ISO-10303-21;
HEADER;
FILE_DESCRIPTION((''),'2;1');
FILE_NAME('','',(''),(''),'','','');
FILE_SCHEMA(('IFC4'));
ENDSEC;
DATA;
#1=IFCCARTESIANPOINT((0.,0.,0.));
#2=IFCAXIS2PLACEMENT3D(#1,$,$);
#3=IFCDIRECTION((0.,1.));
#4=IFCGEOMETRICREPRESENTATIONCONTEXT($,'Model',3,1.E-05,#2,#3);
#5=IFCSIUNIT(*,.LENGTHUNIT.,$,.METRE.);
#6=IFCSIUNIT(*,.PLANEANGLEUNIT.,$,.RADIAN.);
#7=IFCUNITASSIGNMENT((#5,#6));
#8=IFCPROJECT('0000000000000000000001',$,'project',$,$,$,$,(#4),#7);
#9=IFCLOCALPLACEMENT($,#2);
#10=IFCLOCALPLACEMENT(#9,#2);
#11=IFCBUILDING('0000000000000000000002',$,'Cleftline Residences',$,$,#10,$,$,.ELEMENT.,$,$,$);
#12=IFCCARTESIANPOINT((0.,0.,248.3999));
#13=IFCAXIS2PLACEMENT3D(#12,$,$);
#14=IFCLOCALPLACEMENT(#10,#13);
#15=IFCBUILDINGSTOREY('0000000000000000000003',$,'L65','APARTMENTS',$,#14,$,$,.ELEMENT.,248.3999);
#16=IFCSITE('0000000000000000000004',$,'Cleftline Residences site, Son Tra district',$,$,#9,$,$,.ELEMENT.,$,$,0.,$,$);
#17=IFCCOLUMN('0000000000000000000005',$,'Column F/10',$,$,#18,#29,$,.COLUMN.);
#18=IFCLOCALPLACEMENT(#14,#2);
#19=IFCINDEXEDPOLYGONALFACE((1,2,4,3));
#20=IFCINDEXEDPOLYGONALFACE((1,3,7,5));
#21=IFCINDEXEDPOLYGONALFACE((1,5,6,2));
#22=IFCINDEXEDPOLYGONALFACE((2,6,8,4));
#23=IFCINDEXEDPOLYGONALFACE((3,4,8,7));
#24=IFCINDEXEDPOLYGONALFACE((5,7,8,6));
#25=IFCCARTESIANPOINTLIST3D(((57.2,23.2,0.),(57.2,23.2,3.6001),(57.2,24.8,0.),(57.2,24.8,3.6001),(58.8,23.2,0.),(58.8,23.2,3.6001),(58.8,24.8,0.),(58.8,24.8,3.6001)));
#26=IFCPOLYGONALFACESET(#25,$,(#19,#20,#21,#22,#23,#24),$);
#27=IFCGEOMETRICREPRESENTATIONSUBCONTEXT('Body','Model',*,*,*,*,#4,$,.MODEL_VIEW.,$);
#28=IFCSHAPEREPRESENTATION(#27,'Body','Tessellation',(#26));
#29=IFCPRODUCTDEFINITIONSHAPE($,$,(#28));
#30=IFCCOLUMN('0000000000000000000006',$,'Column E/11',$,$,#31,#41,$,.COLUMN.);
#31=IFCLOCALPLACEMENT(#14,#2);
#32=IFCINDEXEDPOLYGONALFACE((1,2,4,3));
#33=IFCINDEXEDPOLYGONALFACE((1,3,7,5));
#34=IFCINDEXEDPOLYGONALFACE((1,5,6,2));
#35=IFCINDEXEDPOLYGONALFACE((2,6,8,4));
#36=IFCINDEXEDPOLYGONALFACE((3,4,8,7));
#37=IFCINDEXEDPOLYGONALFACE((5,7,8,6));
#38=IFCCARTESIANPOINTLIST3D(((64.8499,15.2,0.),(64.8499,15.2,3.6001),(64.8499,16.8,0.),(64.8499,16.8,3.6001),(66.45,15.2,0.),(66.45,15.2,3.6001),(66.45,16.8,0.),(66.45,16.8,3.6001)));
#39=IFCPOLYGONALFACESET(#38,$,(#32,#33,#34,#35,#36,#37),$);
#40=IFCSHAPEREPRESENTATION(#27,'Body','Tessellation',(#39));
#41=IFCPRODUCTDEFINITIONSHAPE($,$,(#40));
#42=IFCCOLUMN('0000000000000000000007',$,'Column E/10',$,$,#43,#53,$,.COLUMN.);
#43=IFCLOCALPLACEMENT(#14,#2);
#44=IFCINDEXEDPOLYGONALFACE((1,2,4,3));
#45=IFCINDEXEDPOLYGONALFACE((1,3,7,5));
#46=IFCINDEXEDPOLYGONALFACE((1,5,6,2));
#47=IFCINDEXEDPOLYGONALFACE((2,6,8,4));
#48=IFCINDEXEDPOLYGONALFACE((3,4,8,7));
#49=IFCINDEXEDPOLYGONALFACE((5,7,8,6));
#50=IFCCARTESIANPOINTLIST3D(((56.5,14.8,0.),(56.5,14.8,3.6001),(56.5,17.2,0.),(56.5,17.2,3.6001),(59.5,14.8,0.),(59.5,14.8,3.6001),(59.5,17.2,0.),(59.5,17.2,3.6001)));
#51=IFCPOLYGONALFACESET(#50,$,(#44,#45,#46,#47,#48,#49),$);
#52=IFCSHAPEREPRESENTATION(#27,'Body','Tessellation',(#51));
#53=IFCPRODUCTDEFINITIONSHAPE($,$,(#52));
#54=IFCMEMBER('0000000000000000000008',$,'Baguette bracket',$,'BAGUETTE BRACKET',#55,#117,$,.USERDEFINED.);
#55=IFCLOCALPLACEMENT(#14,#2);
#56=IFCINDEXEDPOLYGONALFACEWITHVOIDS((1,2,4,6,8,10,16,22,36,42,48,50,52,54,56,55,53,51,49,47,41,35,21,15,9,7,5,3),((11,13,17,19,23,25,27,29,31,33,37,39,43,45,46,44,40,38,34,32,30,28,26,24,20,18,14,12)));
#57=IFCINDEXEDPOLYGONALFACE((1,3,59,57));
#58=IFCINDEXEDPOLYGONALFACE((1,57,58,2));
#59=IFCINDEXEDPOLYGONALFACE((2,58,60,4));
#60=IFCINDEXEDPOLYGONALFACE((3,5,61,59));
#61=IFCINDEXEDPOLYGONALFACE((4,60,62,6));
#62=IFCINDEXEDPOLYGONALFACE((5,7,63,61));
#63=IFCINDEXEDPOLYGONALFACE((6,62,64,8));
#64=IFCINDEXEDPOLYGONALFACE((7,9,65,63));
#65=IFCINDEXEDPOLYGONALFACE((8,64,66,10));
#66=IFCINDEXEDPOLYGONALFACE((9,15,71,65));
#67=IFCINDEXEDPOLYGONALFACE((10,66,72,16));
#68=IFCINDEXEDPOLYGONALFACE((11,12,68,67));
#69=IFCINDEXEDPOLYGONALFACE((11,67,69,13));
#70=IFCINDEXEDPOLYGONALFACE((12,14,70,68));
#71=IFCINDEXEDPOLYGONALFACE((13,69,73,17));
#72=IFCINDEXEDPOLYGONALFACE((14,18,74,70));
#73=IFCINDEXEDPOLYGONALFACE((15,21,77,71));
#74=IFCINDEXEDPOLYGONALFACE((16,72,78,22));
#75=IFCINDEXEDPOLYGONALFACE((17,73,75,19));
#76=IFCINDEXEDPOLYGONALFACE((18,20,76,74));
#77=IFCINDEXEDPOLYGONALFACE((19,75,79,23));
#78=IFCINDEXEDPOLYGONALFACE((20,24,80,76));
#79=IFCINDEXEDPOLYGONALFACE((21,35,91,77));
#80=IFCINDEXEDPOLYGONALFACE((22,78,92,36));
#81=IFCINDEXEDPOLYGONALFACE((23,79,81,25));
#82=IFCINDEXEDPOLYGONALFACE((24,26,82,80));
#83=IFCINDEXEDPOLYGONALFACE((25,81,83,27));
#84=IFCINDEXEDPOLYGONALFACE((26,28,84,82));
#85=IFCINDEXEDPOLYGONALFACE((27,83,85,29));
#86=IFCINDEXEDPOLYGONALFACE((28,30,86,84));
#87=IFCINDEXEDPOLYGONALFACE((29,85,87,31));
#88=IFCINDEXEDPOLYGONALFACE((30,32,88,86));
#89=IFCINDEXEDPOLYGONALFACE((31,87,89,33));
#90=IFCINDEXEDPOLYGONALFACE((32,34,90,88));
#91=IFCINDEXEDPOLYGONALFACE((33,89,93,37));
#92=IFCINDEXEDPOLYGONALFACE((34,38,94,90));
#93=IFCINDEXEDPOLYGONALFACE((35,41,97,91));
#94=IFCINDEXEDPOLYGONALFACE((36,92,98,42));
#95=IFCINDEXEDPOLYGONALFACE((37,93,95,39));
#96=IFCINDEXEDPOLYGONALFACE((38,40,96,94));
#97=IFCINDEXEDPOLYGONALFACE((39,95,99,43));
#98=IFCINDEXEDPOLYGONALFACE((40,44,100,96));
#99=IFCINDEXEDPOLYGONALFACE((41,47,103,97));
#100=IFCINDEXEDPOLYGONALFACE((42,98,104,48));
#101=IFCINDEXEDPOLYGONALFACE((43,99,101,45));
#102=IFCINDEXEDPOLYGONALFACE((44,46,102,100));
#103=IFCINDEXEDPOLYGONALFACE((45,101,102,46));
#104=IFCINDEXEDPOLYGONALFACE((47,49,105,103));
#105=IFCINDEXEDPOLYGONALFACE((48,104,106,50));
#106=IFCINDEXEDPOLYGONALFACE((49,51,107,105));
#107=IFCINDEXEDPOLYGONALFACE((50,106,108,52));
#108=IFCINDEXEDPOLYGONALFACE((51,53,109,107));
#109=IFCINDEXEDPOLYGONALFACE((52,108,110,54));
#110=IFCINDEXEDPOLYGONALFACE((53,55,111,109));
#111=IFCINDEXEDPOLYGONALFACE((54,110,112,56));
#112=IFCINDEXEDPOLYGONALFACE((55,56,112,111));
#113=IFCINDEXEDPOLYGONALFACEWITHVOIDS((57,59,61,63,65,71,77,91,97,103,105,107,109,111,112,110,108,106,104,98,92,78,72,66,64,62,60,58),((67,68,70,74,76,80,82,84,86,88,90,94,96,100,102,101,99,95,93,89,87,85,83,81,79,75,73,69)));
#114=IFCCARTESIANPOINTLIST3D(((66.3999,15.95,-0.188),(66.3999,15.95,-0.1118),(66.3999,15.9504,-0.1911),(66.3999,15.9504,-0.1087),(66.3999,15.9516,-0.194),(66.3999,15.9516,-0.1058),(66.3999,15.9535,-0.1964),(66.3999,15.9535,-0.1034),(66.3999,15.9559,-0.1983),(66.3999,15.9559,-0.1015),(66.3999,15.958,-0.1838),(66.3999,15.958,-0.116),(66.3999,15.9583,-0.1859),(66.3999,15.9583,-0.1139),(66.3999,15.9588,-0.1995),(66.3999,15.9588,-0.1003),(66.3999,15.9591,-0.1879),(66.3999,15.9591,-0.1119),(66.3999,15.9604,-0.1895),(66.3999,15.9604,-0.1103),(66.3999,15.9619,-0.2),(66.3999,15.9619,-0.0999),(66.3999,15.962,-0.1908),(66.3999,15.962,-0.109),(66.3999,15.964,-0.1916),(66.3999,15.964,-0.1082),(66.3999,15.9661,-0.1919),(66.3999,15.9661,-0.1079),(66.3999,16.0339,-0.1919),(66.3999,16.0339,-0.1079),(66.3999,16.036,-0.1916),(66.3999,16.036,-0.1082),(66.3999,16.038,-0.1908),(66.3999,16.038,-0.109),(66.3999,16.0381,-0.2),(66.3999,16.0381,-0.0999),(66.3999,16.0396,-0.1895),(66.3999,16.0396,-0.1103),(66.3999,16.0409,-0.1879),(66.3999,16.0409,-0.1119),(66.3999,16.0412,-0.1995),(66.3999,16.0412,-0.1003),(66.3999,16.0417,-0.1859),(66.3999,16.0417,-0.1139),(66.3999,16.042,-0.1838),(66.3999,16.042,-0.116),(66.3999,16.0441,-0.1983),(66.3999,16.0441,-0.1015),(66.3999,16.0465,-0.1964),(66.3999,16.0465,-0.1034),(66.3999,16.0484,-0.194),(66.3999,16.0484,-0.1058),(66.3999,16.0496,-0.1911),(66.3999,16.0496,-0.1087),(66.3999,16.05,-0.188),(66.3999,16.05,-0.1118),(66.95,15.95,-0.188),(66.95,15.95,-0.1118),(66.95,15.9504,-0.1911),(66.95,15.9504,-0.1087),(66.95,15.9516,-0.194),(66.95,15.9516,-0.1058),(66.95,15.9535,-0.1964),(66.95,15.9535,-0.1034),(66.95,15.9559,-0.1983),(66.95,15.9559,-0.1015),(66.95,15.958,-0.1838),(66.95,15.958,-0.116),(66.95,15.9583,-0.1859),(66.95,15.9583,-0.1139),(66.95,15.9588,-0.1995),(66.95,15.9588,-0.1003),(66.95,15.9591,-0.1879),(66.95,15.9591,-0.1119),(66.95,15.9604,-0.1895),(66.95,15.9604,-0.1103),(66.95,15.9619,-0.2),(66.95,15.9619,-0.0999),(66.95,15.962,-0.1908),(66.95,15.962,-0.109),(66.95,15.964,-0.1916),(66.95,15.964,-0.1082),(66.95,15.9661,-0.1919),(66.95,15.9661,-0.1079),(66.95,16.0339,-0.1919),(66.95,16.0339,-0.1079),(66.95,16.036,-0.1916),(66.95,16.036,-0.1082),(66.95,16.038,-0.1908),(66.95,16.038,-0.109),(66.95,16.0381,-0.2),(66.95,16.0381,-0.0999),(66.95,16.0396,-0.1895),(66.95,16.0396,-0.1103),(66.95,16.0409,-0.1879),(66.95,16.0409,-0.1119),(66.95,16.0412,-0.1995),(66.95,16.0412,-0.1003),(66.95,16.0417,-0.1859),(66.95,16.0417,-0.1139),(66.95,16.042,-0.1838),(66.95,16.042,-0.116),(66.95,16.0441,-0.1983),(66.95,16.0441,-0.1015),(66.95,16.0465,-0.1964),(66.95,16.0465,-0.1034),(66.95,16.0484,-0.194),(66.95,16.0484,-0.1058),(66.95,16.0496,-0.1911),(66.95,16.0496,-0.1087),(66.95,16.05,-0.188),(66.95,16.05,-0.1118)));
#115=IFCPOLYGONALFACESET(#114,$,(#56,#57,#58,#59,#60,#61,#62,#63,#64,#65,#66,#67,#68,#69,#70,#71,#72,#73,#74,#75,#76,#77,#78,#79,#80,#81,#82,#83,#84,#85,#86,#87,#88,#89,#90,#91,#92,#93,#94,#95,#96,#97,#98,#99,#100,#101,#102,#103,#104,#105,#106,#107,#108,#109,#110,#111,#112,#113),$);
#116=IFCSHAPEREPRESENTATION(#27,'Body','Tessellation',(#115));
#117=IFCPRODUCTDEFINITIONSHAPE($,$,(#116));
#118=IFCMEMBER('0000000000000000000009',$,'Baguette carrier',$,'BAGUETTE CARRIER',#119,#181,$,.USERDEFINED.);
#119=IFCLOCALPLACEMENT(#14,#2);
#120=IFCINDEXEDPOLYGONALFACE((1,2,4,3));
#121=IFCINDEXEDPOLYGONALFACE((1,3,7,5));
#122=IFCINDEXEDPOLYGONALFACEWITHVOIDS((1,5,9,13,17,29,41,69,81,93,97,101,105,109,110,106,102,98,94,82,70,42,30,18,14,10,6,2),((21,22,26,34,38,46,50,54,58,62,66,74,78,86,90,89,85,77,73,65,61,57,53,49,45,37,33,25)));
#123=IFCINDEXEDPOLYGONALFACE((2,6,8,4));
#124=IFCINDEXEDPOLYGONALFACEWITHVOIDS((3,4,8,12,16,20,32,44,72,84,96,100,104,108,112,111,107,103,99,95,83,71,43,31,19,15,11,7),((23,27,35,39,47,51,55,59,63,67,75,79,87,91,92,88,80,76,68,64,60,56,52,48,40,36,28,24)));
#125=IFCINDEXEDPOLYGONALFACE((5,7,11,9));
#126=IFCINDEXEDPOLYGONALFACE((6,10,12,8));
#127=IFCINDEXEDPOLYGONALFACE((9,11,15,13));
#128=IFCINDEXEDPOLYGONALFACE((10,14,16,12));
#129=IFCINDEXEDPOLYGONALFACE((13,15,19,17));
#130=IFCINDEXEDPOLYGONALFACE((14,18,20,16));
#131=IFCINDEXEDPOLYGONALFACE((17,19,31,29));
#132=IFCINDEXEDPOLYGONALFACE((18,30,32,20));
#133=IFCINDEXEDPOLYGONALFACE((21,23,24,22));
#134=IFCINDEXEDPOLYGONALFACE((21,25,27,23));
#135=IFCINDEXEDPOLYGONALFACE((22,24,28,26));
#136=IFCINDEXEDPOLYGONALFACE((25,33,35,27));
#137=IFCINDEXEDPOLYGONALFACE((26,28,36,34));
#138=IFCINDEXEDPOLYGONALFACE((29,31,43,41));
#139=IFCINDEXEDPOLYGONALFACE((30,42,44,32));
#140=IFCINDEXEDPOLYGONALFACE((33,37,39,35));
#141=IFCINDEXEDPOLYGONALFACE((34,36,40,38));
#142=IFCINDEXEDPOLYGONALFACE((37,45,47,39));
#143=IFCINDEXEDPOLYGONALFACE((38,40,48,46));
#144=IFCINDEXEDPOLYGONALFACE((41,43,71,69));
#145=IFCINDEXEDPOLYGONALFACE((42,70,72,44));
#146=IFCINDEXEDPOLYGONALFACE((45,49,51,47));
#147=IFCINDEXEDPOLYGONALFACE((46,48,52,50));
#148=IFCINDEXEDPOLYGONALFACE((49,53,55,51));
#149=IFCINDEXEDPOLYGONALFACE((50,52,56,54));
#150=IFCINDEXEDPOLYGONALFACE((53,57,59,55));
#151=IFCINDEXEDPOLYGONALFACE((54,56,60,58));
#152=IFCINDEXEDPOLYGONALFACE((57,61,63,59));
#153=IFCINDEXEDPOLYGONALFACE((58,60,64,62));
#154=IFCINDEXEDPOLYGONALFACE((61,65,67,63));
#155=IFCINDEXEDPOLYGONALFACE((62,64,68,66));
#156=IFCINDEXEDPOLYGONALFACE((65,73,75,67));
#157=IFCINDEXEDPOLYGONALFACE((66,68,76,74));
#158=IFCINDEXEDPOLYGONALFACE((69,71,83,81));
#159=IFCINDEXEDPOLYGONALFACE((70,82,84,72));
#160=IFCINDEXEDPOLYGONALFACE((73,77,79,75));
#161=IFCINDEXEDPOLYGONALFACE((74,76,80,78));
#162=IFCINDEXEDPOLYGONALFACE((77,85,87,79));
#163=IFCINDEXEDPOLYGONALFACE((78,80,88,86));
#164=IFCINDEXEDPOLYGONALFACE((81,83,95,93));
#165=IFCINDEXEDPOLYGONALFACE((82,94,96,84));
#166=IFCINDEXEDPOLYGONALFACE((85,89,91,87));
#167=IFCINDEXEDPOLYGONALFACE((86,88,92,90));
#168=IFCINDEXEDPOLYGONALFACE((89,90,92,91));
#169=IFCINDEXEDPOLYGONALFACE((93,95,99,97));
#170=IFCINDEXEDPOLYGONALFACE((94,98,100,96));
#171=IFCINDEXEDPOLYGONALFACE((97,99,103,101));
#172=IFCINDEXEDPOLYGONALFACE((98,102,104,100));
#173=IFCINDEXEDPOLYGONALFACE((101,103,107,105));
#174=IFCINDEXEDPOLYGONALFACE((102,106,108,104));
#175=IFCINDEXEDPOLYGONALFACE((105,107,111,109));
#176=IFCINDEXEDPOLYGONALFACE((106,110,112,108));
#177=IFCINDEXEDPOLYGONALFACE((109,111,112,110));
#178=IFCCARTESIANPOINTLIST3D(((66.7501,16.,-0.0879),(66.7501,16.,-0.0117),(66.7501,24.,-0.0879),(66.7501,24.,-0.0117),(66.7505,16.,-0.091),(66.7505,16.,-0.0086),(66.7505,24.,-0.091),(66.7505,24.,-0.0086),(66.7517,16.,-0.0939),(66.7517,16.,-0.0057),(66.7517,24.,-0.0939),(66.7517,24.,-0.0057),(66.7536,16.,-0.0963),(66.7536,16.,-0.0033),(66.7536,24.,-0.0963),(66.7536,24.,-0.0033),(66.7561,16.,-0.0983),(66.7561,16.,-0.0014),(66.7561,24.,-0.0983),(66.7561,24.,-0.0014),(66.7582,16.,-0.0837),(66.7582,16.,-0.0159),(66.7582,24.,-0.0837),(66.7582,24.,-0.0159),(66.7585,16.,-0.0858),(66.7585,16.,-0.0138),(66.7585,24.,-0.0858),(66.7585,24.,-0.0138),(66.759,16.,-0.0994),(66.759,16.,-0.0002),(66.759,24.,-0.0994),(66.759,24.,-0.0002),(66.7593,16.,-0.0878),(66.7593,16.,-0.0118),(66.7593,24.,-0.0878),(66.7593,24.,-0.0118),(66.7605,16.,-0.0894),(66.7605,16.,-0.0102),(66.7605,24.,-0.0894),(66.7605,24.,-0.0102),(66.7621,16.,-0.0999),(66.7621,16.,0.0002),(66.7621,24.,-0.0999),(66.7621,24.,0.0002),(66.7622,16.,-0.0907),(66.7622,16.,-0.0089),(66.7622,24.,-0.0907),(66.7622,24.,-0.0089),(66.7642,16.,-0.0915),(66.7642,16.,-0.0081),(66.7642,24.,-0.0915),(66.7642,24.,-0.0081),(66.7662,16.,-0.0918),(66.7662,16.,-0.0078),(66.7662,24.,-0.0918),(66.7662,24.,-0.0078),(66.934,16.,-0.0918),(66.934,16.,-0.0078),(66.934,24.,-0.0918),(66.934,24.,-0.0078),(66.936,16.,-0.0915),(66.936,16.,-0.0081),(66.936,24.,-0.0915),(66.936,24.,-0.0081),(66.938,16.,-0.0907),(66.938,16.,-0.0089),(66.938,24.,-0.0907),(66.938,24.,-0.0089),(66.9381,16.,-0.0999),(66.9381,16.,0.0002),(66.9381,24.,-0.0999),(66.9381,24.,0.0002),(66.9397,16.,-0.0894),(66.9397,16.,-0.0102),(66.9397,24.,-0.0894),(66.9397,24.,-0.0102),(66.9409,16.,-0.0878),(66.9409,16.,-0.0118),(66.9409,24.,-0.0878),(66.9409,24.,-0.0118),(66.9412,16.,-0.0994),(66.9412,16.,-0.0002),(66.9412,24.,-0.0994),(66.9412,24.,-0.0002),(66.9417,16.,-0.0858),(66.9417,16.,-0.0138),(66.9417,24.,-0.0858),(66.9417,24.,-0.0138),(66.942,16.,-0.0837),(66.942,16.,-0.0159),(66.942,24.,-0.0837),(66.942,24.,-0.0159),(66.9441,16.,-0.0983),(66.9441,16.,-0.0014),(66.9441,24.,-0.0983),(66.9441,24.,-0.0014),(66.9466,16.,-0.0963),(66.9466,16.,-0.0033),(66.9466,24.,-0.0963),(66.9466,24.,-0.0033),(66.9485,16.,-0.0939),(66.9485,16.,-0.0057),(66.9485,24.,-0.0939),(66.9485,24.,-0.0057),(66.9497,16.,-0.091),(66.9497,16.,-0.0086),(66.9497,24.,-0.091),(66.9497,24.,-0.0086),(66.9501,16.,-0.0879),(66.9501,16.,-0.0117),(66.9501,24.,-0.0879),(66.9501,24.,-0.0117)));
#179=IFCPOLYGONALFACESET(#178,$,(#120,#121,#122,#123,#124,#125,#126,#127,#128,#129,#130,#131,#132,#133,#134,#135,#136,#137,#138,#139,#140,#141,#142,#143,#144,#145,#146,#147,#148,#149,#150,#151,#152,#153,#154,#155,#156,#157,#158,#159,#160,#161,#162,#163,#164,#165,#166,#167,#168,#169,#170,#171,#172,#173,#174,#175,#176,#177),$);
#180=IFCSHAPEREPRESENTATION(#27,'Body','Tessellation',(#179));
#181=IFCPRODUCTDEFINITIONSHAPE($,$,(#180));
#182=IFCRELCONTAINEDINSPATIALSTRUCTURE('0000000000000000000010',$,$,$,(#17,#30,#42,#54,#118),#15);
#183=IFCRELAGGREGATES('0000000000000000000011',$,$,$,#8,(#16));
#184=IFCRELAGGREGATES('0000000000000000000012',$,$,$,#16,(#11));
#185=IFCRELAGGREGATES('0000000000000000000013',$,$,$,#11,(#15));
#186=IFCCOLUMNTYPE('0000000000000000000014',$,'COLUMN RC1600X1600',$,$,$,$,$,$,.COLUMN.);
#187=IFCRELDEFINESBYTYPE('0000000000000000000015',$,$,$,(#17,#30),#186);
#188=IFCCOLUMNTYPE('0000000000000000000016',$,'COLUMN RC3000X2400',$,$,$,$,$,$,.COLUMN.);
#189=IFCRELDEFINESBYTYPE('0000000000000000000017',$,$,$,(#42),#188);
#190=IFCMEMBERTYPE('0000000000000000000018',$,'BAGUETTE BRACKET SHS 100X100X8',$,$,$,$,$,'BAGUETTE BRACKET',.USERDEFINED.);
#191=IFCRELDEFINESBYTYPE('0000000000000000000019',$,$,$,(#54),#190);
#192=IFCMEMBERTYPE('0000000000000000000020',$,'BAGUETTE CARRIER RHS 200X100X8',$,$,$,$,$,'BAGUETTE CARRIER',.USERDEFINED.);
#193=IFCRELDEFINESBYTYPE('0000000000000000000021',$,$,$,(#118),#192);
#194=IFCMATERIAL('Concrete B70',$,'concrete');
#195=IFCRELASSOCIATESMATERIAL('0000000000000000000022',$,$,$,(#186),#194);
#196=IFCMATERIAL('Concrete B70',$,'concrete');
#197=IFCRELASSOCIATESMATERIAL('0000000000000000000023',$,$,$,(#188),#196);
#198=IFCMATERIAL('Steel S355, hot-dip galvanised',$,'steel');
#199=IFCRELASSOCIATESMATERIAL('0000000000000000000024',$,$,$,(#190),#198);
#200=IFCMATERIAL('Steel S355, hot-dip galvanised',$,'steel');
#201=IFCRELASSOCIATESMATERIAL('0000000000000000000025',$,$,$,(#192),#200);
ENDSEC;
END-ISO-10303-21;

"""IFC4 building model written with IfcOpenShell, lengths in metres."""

from ifc_helpers import new_model, si_unit, direction, frame, origin, origin_2d, place, context, subcontext, project, spatial, rectangle, hollow_rectangle, extrude, material, material_profile, profile_set, type_object, element, save


model = new_model("IFC4")

# Units and contexts
model_context = context("Model", 3, precision=1e-05, world=origin(), true_north=direction((0.0, 1.0)))
body_context = subcontext(model_context, "Body", "Model", "MODEL_VIEW")
ifc_project = project(units=[si_unit("LENGTHUNIT", "METRE"), si_unit("PLANEANGLEUNIT", "RADIAN")], contexts=[model_context])

# Site, building, storey
site_placement = place(None, origin())
site = spatial("IfcSite", under=ifc_project, at=site_placement, Name="Cleftline Residences site, Son Tra district", CompositionType="ELEMENT", RefElevation=0.0)
building_placement = place(site_placement, origin())
building = spatial("IfcBuilding", under=site, at=building_placement, Name="Cleftline Residences", CompositionType="ELEMENT")
storey_placement = place(building_placement, frame((0.0, 0.0, 248.3999)))
storey = spatial("IfcBuildingStorey", under=building, at=storey_placement, Name="L65", Description="APARTMENTS", CompositionType="ELEMENT", Elevation=248.3999)

# Columns
ifc_material_1 = material(Name="Concrete B70", Category="concrete")
ifc_material_profile_1 = material_profile(ifc_material_1, rectangle(XDim=1.6001, YDim=1.6001, at=origin_2d()))
ifc_profile_set_1 = profile_set([ifc_material_profile_1], Name="Concrete B70")
column_type_1 = type_object("IfcColumnType", Name="COLUMN RC1600X1600", PredefinedType="COLUMN", material=ifc_profile_set_1)
for number, where, z_axis, x_axis, name in (
    (1, (58.0, 24.0, 0.0), (0.0, 0.0, 1.0), (1.0, 0.0, 0.0), "Column F/10"),
    (2, (65.6499, 16.0, 0.0), (0.0, 0.0, 1.0), (1.0, 0.0, 0.0), "Column E/11"),
):
    element("IfcColumn", number, at=place(storey_placement, frame(where, z_axis=z_axis, x_axis=x_axis)), inside=storey, type_object=column_type_1, Name=name, PredefinedType="COLUMN", context=body_context, shape_type="SweptSolid", body=[
        extrude(rectangle(XDim=1.6001, YDim=1.6001, at=origin_2d()), origin(), (0.0, 0.0, 1.0), 3.6001),
    ])
ifc_material_2 = material(Name="Concrete B70", Category="concrete")
ifc_material_profile_2 = material_profile(ifc_material_2, rectangle(XDim=3.0, YDim=2.3999, at=origin_2d()))
ifc_profile_set_2 = profile_set([ifc_material_profile_2], Name="Concrete B70")
column_type_2 = type_object("IfcColumnType", Name="COLUMN RC3000X2400", PredefinedType="COLUMN", material=ifc_profile_set_2)
column_placement = place(storey_placement, frame((58.0, 16.0, 0.0), z_axis=(0.0, 0.0, 1.0), x_axis=(1.0, 0.0, 0.0)))
element("IfcColumn", 3, at=column_placement, inside=storey, type_object=column_type_2, Name="Column E/10", PredefinedType="COLUMN", context=body_context, shape_type="SweptSolid", body=[
    extrude(rectangle(XDim=3.0, YDim=2.3999, at=origin_2d()), origin(), (0.0, 0.0, 1.0), 3.6001),
])

# Members
ifc_material_3 = material(Name="Steel S355, hot-dip galvanised", Category="steel")
ifc_material_profile_3 = material_profile(ifc_material_3, hollow_rectangle(XDim=0.1001, YDim=0.1001, WallThickness=0.0081, InnerFilletRadius=0.0081, OuterFilletRadius=0.012, at=origin_2d()))
ifc_profile_set_3 = profile_set([ifc_material_profile_3], Name="Steel S355, hot-dip galvanised")
member_type_1 = type_object("IfcMemberType", Name="BAGUETTE BRACKET SHS 100X100X8", ElementType="BAGUETTE BRACKET", PredefinedType="USERDEFINED", material=ifc_profile_set_3)
member_1_placement = place(storey_placement, frame((66.3999, 16.0, -0.1499), z_axis=(1.0, 0.0, 0.0), x_axis=(0.0, 1.0, 0.0)))
element("IfcMember", 4, at=member_1_placement, inside=storey, type_object=member_type_1, Name="Baguette bracket", ObjectType="BAGUETTE BRACKET", PredefinedType="USERDEFINED", context=body_context, shape_type="SweptSolid", body=[
    extrude(hollow_rectangle(XDim=0.1001, YDim=0.1001, WallThickness=0.0081, InnerFilletRadius=0.0081, OuterFilletRadius=0.012, at=origin_2d()), origin(), (0.0, 0.0, 1.0), 0.55),
])
ifc_material_4 = material(Name="Steel S355, hot-dip galvanised", Category="steel")
ifc_material_profile_4 = material_profile(ifc_material_4, hollow_rectangle(XDim=0.1001, YDim=0.2, WallThickness=0.0081, InnerFilletRadius=0.0081, OuterFilletRadius=0.012, at=origin_2d()))
ifc_profile_set_4 = profile_set([ifc_material_profile_4], Name="Steel S355, hot-dip galvanised")
member_type_2 = type_object("IfcMemberType", Name="BAGUETTE CARRIER RHS 200X100X8", ElementType="BAGUETTE CARRIER", PredefinedType="USERDEFINED", material=ifc_profile_set_4)
member_2_placement = place(storey_placement, frame((66.8501, 16.0, -0.0498), z_axis=(0.0, 1.0, 0.0), x_axis=(0.0, 0.0, 1.0)))
element("IfcMember", 5, at=member_2_placement, inside=storey, type_object=member_type_2, Name="Baguette carrier", ObjectType="BAGUETTE CARRIER", PredefinedType="USERDEFINED", context=body_context, shape_type="SweptSolid", body=[
    extrude(hollow_rectangle(XDim=0.1001, YDim=0.2, WallThickness=0.0081, InnerFilletRadius=0.0081, OuterFilletRadius=0.012, at=origin_2d()), origin(), (0.0, 0.0, 1.0), 8.0),
])

save(model, "model.ifc")
